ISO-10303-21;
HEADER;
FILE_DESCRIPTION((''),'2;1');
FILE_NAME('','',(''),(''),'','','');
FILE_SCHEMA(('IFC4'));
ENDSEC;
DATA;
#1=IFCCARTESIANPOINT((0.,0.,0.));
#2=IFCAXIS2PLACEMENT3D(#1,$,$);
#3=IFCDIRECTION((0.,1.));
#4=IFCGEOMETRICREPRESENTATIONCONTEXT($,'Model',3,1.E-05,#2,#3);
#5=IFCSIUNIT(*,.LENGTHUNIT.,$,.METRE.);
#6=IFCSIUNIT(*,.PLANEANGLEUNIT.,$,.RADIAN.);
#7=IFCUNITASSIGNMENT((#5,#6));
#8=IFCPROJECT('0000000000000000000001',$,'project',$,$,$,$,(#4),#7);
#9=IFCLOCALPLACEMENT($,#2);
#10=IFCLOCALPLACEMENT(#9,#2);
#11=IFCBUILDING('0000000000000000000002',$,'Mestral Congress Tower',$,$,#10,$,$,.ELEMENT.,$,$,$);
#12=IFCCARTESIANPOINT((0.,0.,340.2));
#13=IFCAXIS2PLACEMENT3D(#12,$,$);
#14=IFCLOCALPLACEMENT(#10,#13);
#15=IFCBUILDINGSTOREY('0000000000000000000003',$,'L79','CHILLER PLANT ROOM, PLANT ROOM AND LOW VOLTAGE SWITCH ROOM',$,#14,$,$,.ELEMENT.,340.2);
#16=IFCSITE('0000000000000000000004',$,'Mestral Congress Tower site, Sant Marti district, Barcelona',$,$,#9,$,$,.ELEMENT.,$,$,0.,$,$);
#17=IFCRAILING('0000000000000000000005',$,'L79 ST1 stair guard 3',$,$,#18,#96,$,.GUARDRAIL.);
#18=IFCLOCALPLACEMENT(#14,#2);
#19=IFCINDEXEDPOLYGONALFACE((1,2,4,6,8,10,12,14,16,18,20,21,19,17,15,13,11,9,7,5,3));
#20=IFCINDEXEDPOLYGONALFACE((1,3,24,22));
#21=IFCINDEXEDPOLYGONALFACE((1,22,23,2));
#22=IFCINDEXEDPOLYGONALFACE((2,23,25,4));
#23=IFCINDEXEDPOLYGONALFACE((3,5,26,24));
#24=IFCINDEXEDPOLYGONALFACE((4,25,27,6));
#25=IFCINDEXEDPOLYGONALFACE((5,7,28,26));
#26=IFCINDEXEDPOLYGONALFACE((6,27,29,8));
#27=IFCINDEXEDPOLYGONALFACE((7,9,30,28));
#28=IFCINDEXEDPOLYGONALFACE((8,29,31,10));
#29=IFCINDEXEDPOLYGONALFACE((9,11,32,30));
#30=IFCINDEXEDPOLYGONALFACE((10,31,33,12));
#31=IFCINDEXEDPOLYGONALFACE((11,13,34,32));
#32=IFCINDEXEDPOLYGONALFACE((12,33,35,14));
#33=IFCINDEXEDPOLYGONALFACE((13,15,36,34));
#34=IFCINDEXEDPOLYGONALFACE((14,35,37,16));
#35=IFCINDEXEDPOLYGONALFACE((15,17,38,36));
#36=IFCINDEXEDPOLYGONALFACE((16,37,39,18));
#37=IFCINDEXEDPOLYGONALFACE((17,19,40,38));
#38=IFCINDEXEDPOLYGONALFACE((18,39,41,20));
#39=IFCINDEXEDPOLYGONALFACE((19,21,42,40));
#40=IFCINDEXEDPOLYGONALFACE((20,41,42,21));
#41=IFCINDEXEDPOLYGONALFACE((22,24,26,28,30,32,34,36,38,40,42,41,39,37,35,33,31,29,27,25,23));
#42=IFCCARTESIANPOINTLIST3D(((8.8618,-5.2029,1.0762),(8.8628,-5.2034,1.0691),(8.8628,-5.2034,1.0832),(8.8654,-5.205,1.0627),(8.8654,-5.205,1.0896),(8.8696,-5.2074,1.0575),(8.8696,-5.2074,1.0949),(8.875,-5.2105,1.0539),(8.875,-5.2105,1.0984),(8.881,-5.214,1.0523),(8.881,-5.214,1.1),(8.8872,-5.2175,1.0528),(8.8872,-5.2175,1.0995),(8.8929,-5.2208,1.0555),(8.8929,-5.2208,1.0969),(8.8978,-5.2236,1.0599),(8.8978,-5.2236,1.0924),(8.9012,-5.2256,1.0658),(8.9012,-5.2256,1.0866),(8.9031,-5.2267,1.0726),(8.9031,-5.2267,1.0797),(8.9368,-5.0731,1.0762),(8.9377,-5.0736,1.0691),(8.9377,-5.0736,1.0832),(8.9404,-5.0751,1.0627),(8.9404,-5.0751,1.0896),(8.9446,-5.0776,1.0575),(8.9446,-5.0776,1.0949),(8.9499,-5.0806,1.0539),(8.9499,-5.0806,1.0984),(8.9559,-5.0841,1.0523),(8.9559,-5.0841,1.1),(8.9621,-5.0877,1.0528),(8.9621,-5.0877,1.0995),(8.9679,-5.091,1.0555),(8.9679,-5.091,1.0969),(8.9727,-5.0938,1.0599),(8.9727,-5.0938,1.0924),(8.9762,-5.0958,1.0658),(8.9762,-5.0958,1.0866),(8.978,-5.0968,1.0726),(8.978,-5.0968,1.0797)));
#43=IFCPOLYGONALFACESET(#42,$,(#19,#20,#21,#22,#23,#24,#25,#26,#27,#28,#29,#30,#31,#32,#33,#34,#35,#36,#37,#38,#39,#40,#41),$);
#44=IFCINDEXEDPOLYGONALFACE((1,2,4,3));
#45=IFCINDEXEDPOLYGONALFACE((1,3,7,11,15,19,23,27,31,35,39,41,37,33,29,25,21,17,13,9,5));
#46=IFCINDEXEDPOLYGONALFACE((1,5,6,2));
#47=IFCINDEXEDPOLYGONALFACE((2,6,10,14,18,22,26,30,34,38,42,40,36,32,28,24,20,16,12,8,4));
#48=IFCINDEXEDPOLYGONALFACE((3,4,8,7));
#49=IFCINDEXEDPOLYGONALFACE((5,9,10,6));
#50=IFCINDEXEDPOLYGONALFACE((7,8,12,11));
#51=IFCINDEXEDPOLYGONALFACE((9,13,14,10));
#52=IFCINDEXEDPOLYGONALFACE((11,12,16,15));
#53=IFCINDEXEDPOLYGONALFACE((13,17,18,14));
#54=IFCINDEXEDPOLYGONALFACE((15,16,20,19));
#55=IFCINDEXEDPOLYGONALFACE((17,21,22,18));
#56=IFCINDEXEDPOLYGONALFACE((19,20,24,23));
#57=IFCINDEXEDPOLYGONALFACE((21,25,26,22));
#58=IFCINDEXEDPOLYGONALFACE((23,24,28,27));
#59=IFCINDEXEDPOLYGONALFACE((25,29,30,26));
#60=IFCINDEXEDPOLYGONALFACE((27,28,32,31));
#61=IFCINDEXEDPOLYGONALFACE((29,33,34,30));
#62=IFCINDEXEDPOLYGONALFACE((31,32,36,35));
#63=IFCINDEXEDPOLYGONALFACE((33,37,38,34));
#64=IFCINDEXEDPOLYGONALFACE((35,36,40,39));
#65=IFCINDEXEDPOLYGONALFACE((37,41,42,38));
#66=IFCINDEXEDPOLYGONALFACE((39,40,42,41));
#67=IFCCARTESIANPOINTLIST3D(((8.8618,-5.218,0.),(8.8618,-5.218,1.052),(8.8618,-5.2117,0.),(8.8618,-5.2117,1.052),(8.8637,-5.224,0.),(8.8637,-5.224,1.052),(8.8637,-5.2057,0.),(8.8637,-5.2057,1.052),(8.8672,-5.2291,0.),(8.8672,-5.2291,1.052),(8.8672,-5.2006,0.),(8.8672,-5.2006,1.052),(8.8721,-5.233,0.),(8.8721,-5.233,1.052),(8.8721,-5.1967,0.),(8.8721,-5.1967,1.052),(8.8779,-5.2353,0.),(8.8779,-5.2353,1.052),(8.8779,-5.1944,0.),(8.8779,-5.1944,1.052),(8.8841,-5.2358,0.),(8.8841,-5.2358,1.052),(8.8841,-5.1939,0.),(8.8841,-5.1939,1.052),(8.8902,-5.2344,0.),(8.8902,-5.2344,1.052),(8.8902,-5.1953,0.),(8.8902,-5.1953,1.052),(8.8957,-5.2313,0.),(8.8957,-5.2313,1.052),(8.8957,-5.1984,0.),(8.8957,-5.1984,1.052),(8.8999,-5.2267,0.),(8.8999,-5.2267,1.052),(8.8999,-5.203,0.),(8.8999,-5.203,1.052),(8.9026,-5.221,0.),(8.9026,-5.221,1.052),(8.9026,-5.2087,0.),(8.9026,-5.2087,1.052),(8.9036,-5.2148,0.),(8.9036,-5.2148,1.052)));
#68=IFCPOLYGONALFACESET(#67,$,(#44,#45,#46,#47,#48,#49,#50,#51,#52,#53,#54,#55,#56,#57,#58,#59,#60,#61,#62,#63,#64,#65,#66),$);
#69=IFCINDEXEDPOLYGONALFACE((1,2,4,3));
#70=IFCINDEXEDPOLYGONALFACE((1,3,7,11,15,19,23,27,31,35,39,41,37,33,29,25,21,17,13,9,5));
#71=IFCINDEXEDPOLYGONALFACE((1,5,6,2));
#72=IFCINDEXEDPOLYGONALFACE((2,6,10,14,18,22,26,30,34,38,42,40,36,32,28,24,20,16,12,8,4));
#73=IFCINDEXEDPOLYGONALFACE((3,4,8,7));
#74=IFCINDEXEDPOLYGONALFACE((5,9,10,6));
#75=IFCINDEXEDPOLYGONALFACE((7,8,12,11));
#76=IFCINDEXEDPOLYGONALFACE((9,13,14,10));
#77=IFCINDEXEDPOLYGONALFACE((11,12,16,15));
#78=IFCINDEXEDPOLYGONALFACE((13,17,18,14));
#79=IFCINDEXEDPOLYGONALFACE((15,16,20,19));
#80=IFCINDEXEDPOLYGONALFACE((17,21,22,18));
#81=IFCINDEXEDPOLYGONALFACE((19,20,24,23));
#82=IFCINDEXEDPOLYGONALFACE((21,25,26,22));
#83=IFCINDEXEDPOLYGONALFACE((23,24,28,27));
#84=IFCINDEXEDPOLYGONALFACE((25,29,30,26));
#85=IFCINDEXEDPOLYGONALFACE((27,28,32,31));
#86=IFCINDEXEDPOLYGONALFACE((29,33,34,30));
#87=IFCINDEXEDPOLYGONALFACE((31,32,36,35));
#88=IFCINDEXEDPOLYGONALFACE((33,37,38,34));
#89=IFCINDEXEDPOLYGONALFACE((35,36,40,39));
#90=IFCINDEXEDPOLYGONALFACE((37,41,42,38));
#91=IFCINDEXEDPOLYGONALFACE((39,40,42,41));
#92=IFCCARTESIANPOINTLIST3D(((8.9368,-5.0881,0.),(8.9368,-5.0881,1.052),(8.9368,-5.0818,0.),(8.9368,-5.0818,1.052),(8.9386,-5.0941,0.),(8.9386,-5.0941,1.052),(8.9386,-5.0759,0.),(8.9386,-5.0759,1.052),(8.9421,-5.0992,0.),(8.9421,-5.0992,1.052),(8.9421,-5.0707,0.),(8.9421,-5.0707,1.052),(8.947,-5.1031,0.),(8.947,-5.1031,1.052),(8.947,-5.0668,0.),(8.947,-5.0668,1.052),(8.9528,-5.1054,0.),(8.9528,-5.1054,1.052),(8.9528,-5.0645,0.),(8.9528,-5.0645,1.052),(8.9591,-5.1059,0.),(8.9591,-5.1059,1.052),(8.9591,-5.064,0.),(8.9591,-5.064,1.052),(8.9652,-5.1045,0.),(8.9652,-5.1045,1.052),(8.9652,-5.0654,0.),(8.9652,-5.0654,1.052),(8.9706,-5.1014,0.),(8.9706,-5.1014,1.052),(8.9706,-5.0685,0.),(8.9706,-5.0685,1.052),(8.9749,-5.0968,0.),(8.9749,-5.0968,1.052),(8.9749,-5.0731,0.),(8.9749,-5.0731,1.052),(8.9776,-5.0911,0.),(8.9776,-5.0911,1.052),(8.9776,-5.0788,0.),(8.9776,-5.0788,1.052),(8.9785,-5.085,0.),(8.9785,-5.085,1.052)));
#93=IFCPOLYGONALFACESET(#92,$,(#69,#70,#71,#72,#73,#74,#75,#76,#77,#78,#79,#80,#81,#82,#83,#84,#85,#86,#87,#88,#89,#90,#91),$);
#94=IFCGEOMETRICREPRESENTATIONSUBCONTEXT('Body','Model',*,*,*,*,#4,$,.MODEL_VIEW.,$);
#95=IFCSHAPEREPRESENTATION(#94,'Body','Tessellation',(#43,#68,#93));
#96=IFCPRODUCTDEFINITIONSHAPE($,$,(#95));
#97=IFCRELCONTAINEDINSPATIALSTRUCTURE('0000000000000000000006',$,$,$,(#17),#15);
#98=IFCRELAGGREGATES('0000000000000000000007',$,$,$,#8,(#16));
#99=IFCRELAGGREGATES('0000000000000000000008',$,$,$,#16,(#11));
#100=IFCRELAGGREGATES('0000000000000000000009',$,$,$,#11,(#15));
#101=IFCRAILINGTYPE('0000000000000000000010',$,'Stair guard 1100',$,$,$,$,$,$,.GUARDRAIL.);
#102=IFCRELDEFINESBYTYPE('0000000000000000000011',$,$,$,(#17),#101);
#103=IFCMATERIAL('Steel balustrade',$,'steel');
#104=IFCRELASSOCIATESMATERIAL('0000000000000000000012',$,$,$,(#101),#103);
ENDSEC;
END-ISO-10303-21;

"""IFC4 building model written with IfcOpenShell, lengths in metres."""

from ifc_helpers import new_model, si_unit, direction, frame, origin, origin_2d, place, context, subcontext, project, spatial, circle, extrude, material, type_object, element, save


model = new_model("IFC4")

# Units and contexts
model_context = context("Model", 3, precision=1e-05, world=origin(), true_north=direction((0.0, 1.0)))
body_context = subcontext(model_context, "Body", "Model", "MODEL_VIEW")
ifc_project = project(units=[si_unit("LENGTHUNIT", "METRE"), si_unit("PLANEANGLEUNIT", "RADIAN")], contexts=[model_context])

# Site, building, storey
site_placement = place(None, origin())
site = spatial("IfcSite", under=ifc_project, at=site_placement, Name="Mestral Congress Tower site, Sant Marti district, Barcelona", CompositionType="ELEMENT", RefElevation=0.0)
building_placement = place(site_placement, origin())
building = spatial("IfcBuilding", under=site, at=building_placement, Name="Mestral Congress Tower", CompositionType="ELEMENT")
storey_placement = place(building_placement, frame((0.0, 0.0, 340.2)))
storey = spatial("IfcBuildingStorey", under=building, at=storey_placement, Name="L79", Description="CHILLER PLANT ROOM, PLANT ROOM AND LOW VOLTAGE SWITCH ROOM", CompositionType="ELEMENT", Elevation=340.2)

# Railing
ifc_material_1 = material(Name="Steel balustrade", Category="steel")
railing_type_1 = type_object("IfcRailingType", Name="Stair guard 1100", PredefinedType="GUARDRAIL", material=ifc_material_1)
railing_1_placement = place(storey_placement, frame((8.8826, -5.2148, 0.0)))
element("IfcRailing", 1, at=railing_1_placement, inside=storey, type_object=railing_type_1, Name="L79 ST1 stair guard 3", PredefinedType="GUARDRAIL", context=body_context, shape_type="SweptSolid", body=[
    extrude(circle(Radius=0.0239, at=origin_2d()), frame((0.0, 0.0, 1.0762), z_axis=(0.499816, 0.866131, 0.0), x_axis=(-0.866131, 0.499816, 0.0)), (0.0, 0.0, 1.0), 0.1499),
    extrude(circle(Radius=0.021, at=origin_2d()), origin(), (0.0, 0.0, 1.0), 1.052),
    extrude(circle(Radius=0.021, at=origin_2d()), frame((0.075, 0.1299, 0.0)), (0.0, 0.0, 1.0), 1.052),
])

save(model, "model.ifc")
